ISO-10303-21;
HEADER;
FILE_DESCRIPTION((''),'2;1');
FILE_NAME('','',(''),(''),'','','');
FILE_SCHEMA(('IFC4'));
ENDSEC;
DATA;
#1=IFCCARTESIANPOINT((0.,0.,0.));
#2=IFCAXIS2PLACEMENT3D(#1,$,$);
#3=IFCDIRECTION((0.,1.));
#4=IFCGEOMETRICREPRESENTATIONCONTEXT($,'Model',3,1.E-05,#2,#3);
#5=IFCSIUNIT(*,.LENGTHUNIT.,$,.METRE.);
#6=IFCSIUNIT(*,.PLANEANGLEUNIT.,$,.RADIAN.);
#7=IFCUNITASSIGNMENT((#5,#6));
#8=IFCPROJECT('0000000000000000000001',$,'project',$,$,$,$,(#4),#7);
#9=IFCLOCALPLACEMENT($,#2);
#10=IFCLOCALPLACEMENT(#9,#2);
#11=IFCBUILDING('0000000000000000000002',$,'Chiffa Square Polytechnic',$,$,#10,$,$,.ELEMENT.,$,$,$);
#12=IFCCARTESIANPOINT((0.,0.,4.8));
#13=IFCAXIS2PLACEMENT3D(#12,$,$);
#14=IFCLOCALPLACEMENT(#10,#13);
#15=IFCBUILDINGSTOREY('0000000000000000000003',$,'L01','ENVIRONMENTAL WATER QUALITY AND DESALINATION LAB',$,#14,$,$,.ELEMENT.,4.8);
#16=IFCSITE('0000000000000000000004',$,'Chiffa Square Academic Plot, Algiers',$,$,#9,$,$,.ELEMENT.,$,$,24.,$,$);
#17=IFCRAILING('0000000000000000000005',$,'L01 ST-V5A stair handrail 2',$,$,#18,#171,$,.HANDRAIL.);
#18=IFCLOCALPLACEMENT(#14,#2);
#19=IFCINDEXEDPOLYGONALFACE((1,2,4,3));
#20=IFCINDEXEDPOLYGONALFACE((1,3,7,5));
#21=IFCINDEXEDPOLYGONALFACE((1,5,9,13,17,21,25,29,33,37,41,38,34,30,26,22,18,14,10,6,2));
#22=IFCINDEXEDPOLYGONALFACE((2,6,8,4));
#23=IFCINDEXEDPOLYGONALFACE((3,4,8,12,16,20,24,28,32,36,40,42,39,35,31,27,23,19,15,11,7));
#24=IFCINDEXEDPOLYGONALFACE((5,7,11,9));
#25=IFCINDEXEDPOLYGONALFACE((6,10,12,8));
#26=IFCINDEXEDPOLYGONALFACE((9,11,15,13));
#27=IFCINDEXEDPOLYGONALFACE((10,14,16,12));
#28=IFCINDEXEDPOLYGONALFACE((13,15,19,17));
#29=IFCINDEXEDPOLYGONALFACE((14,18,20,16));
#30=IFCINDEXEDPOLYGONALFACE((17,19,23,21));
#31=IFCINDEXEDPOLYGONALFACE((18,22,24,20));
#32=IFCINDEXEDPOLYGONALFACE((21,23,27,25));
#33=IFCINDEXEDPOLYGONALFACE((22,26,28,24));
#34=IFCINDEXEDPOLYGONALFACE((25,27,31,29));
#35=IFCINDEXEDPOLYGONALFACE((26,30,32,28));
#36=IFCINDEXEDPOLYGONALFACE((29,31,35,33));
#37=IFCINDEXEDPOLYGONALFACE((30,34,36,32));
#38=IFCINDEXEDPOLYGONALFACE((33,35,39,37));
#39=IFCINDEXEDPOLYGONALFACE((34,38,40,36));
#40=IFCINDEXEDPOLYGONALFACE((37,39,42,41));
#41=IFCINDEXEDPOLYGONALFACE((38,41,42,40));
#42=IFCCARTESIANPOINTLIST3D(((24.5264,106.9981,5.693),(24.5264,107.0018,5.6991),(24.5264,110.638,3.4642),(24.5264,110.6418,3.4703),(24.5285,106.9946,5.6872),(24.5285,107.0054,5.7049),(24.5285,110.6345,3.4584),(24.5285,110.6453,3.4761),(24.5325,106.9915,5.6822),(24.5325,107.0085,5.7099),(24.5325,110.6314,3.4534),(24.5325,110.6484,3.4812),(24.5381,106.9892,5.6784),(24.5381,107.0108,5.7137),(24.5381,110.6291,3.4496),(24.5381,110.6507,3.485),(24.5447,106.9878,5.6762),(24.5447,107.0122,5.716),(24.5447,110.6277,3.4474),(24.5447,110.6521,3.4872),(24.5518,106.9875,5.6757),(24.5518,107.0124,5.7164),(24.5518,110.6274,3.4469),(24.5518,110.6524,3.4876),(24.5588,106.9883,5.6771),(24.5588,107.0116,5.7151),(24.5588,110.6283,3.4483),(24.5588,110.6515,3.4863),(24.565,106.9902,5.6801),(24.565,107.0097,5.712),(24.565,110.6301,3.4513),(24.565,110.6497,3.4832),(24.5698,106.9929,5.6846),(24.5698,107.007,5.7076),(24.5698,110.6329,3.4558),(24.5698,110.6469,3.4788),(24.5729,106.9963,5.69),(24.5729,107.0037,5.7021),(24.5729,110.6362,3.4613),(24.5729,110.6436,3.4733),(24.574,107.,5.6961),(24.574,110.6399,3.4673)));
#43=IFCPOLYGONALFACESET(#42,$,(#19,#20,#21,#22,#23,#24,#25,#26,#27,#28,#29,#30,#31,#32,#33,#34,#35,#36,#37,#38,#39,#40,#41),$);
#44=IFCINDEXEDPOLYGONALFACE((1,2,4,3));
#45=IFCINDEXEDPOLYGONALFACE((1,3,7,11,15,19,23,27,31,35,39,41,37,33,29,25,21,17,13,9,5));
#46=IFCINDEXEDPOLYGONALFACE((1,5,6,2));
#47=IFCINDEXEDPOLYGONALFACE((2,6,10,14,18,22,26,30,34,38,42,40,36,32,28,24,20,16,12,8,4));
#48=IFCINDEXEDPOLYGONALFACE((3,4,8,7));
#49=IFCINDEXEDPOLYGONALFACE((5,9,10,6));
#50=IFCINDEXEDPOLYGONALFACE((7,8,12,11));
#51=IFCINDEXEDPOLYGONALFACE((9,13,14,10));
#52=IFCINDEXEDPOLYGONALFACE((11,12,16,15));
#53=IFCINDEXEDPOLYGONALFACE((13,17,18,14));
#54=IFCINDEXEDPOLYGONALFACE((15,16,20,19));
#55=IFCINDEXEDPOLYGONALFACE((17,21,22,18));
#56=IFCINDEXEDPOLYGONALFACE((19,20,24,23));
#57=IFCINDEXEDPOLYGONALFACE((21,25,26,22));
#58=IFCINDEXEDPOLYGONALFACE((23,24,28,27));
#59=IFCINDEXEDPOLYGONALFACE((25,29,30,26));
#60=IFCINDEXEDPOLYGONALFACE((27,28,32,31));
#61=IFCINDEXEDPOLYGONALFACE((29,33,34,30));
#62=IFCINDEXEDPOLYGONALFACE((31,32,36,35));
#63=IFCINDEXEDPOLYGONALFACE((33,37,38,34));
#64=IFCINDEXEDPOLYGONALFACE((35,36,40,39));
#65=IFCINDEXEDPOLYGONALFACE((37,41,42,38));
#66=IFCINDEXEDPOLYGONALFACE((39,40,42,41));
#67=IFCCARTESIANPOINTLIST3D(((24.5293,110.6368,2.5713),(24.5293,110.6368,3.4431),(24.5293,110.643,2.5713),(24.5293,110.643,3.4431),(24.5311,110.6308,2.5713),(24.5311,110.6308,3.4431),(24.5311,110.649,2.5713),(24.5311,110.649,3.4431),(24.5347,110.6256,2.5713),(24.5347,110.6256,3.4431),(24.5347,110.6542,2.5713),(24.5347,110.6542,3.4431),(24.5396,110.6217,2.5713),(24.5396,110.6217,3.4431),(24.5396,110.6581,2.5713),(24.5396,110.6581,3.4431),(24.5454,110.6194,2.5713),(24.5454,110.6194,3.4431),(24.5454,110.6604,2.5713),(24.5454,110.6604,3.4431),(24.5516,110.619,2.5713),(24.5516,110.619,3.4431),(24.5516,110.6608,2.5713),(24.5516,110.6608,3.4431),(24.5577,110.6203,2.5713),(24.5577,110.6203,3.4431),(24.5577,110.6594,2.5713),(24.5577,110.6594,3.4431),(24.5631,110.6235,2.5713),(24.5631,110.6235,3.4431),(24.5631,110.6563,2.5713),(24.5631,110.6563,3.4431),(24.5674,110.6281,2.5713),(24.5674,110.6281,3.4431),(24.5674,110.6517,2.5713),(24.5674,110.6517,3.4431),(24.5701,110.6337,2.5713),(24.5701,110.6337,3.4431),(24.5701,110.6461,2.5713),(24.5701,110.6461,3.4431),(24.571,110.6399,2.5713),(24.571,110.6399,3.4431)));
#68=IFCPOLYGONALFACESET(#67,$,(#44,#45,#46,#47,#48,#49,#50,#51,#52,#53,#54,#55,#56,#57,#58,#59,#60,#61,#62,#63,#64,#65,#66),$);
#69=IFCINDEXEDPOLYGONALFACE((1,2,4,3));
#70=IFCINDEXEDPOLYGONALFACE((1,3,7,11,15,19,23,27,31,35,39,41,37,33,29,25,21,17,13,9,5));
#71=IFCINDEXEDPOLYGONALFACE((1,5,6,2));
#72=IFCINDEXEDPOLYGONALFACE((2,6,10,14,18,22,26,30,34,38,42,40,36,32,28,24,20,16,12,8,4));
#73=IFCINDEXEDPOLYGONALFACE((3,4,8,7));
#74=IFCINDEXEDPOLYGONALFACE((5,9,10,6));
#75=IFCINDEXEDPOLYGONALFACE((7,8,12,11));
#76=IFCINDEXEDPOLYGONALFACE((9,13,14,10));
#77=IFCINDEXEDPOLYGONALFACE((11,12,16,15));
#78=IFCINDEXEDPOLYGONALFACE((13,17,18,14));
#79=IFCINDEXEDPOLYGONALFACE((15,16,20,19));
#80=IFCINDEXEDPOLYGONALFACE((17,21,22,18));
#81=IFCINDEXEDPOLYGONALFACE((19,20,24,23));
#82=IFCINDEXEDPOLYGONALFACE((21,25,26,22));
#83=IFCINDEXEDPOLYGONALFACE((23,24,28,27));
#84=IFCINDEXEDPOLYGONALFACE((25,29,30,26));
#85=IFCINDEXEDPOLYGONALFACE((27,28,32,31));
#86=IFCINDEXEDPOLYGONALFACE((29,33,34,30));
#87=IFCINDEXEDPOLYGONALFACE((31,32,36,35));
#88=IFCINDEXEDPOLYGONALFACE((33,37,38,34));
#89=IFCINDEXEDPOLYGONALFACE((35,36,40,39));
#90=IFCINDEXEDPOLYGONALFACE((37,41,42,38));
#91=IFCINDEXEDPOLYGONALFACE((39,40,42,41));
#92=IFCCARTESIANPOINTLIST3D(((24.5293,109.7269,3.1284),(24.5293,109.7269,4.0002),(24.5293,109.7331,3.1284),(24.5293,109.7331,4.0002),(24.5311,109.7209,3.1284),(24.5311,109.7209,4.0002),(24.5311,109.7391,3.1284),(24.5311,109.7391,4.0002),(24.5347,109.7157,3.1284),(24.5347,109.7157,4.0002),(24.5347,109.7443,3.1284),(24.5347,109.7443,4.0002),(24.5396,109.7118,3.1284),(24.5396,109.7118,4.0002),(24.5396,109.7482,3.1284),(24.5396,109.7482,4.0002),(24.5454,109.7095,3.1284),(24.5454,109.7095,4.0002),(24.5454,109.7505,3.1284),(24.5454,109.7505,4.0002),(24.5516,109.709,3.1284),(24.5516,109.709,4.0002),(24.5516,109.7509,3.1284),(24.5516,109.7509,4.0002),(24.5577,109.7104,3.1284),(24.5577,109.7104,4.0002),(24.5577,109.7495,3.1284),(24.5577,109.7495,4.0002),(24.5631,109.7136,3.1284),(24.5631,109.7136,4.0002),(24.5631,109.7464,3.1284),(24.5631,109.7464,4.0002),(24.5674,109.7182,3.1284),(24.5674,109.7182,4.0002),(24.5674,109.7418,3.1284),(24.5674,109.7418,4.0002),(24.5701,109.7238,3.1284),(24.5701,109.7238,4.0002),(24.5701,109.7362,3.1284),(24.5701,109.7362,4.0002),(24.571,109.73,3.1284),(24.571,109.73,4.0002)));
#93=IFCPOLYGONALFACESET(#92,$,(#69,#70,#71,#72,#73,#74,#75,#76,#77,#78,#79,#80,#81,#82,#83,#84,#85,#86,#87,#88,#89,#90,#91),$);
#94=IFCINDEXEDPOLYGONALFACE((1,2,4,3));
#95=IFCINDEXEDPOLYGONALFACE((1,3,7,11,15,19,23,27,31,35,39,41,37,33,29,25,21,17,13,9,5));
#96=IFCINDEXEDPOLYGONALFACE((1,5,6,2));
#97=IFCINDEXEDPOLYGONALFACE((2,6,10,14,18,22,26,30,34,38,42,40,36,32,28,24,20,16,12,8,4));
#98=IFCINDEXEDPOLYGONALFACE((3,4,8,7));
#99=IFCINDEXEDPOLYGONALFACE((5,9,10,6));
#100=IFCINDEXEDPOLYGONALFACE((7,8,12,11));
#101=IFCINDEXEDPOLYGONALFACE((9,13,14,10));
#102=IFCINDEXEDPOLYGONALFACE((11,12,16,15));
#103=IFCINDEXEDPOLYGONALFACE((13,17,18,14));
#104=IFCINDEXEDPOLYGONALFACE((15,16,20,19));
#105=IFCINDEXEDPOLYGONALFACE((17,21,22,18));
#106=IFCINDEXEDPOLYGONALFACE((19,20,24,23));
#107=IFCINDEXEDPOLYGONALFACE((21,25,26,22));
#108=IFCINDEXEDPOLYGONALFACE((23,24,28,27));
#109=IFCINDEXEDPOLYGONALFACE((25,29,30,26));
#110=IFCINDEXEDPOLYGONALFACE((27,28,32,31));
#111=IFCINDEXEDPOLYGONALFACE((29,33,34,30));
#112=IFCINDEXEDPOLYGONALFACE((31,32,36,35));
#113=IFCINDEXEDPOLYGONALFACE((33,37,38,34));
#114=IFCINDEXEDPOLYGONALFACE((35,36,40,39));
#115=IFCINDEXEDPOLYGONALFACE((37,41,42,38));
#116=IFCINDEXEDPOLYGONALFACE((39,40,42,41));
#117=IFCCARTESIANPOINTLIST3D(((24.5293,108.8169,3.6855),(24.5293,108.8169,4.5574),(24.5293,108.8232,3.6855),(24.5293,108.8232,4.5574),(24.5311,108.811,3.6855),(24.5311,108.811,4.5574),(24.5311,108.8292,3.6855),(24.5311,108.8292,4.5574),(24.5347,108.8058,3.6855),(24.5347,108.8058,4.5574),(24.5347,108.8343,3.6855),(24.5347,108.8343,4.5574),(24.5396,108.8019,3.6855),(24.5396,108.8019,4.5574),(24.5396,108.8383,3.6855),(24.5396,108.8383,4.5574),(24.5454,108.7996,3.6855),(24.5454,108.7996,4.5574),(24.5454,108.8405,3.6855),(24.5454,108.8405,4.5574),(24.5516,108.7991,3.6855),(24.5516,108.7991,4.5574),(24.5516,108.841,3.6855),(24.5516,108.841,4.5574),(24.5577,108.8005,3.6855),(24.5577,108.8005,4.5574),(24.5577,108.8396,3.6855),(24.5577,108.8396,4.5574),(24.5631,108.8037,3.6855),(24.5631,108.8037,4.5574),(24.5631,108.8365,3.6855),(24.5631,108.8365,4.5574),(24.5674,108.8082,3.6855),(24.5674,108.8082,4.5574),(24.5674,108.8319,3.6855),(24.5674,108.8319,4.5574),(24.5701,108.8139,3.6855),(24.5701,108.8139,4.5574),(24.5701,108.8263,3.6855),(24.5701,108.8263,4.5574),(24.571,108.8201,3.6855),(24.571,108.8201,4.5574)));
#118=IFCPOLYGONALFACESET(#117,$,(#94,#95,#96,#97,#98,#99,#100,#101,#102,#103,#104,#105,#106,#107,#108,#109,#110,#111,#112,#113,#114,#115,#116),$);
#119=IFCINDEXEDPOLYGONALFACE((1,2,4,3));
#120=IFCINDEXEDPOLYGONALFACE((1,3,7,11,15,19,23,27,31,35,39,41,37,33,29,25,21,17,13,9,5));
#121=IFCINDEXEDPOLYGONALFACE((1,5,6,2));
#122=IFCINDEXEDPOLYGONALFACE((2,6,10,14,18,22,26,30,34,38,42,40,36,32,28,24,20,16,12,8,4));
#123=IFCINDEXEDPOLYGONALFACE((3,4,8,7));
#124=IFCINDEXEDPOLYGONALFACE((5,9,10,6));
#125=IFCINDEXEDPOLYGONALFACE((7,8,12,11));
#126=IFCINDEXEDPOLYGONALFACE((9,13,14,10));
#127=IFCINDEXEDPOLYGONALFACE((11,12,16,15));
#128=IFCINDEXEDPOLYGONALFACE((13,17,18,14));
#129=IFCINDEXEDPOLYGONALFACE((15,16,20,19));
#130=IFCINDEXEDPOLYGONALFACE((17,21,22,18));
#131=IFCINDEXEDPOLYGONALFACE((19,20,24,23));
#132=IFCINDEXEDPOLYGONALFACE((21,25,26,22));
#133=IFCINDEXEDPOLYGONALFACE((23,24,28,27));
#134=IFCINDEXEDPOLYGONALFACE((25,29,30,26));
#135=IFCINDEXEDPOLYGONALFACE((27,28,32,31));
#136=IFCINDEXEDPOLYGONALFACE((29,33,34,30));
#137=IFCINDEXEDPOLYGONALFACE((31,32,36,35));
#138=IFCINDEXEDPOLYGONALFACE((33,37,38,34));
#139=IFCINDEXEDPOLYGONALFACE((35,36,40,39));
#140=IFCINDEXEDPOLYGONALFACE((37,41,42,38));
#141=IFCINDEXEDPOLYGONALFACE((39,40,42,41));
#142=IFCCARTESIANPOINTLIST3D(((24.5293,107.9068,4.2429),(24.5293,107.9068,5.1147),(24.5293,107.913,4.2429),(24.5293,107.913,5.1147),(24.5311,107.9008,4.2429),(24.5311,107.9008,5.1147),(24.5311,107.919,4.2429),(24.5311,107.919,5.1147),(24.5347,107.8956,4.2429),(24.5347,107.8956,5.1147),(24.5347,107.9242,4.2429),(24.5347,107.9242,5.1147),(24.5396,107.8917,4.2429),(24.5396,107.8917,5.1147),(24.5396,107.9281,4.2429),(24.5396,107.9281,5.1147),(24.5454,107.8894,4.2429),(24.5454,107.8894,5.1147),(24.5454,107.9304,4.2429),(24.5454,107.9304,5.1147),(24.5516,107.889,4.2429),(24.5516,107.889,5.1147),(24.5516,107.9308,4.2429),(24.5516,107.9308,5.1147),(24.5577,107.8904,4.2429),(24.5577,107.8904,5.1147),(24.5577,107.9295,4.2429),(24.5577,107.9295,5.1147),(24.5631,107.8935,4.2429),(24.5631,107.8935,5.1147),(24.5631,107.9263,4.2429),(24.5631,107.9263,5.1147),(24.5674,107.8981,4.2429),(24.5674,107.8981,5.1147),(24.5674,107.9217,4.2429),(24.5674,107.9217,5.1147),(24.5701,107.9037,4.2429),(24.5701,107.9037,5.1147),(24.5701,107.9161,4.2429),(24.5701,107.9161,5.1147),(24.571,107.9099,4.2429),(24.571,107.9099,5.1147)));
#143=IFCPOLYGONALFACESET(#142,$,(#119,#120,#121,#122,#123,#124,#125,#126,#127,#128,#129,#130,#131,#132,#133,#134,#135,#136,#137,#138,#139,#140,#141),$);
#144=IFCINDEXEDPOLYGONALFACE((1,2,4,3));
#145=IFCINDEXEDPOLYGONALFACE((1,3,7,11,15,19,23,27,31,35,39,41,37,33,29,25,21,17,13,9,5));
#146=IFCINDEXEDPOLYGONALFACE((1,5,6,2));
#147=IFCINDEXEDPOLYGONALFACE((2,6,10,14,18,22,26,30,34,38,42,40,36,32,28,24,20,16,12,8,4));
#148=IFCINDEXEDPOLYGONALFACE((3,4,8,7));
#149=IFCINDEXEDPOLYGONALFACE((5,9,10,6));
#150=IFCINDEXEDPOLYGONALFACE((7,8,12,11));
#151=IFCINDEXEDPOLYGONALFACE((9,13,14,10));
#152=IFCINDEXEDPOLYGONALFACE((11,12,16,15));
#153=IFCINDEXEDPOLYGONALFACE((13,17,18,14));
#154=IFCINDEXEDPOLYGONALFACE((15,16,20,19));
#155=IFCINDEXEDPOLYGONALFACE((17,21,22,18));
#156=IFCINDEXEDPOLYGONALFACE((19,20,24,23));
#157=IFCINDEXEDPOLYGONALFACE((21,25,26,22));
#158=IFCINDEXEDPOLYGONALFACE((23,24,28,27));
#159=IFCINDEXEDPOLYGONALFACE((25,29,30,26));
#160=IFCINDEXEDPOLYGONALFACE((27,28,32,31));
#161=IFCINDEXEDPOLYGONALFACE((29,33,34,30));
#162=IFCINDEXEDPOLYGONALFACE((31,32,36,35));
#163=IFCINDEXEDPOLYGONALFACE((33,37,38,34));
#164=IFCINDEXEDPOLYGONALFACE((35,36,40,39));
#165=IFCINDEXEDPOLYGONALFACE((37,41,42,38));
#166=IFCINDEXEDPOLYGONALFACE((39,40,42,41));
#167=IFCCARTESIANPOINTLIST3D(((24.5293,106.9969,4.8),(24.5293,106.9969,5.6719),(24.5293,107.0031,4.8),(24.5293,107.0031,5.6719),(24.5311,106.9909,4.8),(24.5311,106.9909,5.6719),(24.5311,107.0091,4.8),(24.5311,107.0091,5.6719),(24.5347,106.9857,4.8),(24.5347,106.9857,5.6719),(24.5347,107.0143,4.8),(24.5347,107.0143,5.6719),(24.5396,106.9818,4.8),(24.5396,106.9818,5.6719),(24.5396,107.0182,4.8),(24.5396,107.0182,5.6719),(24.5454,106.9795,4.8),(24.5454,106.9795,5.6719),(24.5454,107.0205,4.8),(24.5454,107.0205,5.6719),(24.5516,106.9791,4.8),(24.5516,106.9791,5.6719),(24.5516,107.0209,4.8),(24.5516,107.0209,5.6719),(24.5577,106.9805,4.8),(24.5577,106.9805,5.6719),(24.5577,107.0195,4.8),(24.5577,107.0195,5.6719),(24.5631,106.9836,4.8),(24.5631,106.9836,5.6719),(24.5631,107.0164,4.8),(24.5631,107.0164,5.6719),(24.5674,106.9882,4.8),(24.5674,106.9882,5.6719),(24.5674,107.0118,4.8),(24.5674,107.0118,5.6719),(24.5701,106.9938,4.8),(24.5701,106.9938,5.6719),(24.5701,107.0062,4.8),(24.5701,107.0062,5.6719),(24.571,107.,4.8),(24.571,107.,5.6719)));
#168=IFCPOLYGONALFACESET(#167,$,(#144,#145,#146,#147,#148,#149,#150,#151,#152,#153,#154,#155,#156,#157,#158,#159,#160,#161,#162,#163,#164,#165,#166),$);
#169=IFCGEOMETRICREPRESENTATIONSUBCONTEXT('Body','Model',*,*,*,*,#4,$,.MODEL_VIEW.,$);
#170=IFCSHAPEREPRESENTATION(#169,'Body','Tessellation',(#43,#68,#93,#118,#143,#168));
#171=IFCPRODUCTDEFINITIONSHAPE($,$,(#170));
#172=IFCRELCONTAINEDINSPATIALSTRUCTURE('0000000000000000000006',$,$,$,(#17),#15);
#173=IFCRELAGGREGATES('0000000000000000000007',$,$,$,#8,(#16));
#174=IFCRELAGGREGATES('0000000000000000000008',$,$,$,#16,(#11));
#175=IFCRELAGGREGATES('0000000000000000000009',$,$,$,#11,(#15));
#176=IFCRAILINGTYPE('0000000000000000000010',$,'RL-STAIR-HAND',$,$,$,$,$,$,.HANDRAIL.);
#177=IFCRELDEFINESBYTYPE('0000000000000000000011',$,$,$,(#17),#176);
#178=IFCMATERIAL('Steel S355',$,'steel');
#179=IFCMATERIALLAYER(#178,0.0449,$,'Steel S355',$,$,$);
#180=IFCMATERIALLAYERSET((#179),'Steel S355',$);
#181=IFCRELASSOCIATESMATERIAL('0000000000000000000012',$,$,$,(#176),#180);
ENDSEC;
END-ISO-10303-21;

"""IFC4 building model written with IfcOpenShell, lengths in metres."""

from ifc_helpers import new_model, si_unit, direction, frame, origin, origin_2d, place, context, subcontext, project, spatial, circle, extrude, material, layer, layer_set, type_object, element, save


model = new_model("IFC4")

# Units and contexts
model_context = context("Model", 3, precision=1e-05, world=origin(), true_north=direction((0.0, 1.0)))
body_context = subcontext(model_context, "Body", "Model", "MODEL_VIEW")
ifc_project = project(units=[si_unit("LENGTHUNIT", "METRE"), si_unit("PLANEANGLEUNIT", "RADIAN")], contexts=[model_context])

# Site, building, storey
site_placement = place(None, origin())
site = spatial("IfcSite", under=ifc_project, at=site_placement, Name="Chiffa Square Academic Plot, Algiers", CompositionType="ELEMENT", RefElevation=24.0)
building_placement = place(site_placement, origin())
building = spatial("IfcBuilding", under=site, at=building_placement, Name="Chiffa Square Polytechnic", CompositionType="ELEMENT")
storey_placement = place(building_placement, frame((0.0, 0.0, 4.8)))
storey = spatial("IfcBuildingStorey", under=building, at=storey_placement, Name="L01", Description="ENVIRONMENTAL WATER QUALITY AND DESALINATION LAB", CompositionType="ELEMENT", Elevation=4.8)

# Railing
ifc_material_1 = material(Name="Steel S355", Category="steel")
ifc_layer_1 = layer(ifc_material_1, 0.0449, Name="Steel S355")
ifc_layer_set_1 = layer_set([ifc_layer_1], Name="Steel S355")
railing_type_1 = type_object("IfcRailingType", Name="RL-STAIR-HAND", PredefinedType="HANDRAIL", material=ifc_layer_set_1)
railing_1_placement = place(storey_placement, frame((24.55, 110.6399, 2.5713)))
element("IfcRailing", 1, at=railing_1_placement, inside=storey, type_object=railing_type_1, Name="L01 ST-V5A stair handrail 2", PredefinedType="HANDRAIL", context=body_context, shape_type="SweptSolid", body=[
    extrude(circle(Radius=0.0239, at=origin_2d()), frame((0.0, 0.0, 0.896), z_axis=(0.0, -0.852825, 0.522197), x_axis=(1.0, 0.0, 0.0)), (0.0, 0.0, 1.0), 4.2681),
    extrude(circle(Radius=0.021, at=origin_2d()), origin(), (0.0, 0.0, 1.0), 0.8718),
    extrude(circle(Radius=0.021, at=origin_2d()), frame((0.0, -0.9099, 0.5571)), (0.0, 0.0, 1.0), 0.8718),
    extrude(circle(Radius=0.021, at=origin_2d()), frame((0.0, -1.8198, 1.1143)), (0.0, 0.0, 1.0), 0.8718),
    extrude(circle(Radius=0.021, at=origin_2d()), frame((0.0, -2.73, 1.6716)), (0.0, 0.0, 1.0), 0.8718),
    extrude(circle(Radius=0.021, at=origin_2d()), frame((0.0, -3.6399, 2.2288)), (0.0, 0.0, 1.0), 0.8718),
])

save(model, "model.ifc")
